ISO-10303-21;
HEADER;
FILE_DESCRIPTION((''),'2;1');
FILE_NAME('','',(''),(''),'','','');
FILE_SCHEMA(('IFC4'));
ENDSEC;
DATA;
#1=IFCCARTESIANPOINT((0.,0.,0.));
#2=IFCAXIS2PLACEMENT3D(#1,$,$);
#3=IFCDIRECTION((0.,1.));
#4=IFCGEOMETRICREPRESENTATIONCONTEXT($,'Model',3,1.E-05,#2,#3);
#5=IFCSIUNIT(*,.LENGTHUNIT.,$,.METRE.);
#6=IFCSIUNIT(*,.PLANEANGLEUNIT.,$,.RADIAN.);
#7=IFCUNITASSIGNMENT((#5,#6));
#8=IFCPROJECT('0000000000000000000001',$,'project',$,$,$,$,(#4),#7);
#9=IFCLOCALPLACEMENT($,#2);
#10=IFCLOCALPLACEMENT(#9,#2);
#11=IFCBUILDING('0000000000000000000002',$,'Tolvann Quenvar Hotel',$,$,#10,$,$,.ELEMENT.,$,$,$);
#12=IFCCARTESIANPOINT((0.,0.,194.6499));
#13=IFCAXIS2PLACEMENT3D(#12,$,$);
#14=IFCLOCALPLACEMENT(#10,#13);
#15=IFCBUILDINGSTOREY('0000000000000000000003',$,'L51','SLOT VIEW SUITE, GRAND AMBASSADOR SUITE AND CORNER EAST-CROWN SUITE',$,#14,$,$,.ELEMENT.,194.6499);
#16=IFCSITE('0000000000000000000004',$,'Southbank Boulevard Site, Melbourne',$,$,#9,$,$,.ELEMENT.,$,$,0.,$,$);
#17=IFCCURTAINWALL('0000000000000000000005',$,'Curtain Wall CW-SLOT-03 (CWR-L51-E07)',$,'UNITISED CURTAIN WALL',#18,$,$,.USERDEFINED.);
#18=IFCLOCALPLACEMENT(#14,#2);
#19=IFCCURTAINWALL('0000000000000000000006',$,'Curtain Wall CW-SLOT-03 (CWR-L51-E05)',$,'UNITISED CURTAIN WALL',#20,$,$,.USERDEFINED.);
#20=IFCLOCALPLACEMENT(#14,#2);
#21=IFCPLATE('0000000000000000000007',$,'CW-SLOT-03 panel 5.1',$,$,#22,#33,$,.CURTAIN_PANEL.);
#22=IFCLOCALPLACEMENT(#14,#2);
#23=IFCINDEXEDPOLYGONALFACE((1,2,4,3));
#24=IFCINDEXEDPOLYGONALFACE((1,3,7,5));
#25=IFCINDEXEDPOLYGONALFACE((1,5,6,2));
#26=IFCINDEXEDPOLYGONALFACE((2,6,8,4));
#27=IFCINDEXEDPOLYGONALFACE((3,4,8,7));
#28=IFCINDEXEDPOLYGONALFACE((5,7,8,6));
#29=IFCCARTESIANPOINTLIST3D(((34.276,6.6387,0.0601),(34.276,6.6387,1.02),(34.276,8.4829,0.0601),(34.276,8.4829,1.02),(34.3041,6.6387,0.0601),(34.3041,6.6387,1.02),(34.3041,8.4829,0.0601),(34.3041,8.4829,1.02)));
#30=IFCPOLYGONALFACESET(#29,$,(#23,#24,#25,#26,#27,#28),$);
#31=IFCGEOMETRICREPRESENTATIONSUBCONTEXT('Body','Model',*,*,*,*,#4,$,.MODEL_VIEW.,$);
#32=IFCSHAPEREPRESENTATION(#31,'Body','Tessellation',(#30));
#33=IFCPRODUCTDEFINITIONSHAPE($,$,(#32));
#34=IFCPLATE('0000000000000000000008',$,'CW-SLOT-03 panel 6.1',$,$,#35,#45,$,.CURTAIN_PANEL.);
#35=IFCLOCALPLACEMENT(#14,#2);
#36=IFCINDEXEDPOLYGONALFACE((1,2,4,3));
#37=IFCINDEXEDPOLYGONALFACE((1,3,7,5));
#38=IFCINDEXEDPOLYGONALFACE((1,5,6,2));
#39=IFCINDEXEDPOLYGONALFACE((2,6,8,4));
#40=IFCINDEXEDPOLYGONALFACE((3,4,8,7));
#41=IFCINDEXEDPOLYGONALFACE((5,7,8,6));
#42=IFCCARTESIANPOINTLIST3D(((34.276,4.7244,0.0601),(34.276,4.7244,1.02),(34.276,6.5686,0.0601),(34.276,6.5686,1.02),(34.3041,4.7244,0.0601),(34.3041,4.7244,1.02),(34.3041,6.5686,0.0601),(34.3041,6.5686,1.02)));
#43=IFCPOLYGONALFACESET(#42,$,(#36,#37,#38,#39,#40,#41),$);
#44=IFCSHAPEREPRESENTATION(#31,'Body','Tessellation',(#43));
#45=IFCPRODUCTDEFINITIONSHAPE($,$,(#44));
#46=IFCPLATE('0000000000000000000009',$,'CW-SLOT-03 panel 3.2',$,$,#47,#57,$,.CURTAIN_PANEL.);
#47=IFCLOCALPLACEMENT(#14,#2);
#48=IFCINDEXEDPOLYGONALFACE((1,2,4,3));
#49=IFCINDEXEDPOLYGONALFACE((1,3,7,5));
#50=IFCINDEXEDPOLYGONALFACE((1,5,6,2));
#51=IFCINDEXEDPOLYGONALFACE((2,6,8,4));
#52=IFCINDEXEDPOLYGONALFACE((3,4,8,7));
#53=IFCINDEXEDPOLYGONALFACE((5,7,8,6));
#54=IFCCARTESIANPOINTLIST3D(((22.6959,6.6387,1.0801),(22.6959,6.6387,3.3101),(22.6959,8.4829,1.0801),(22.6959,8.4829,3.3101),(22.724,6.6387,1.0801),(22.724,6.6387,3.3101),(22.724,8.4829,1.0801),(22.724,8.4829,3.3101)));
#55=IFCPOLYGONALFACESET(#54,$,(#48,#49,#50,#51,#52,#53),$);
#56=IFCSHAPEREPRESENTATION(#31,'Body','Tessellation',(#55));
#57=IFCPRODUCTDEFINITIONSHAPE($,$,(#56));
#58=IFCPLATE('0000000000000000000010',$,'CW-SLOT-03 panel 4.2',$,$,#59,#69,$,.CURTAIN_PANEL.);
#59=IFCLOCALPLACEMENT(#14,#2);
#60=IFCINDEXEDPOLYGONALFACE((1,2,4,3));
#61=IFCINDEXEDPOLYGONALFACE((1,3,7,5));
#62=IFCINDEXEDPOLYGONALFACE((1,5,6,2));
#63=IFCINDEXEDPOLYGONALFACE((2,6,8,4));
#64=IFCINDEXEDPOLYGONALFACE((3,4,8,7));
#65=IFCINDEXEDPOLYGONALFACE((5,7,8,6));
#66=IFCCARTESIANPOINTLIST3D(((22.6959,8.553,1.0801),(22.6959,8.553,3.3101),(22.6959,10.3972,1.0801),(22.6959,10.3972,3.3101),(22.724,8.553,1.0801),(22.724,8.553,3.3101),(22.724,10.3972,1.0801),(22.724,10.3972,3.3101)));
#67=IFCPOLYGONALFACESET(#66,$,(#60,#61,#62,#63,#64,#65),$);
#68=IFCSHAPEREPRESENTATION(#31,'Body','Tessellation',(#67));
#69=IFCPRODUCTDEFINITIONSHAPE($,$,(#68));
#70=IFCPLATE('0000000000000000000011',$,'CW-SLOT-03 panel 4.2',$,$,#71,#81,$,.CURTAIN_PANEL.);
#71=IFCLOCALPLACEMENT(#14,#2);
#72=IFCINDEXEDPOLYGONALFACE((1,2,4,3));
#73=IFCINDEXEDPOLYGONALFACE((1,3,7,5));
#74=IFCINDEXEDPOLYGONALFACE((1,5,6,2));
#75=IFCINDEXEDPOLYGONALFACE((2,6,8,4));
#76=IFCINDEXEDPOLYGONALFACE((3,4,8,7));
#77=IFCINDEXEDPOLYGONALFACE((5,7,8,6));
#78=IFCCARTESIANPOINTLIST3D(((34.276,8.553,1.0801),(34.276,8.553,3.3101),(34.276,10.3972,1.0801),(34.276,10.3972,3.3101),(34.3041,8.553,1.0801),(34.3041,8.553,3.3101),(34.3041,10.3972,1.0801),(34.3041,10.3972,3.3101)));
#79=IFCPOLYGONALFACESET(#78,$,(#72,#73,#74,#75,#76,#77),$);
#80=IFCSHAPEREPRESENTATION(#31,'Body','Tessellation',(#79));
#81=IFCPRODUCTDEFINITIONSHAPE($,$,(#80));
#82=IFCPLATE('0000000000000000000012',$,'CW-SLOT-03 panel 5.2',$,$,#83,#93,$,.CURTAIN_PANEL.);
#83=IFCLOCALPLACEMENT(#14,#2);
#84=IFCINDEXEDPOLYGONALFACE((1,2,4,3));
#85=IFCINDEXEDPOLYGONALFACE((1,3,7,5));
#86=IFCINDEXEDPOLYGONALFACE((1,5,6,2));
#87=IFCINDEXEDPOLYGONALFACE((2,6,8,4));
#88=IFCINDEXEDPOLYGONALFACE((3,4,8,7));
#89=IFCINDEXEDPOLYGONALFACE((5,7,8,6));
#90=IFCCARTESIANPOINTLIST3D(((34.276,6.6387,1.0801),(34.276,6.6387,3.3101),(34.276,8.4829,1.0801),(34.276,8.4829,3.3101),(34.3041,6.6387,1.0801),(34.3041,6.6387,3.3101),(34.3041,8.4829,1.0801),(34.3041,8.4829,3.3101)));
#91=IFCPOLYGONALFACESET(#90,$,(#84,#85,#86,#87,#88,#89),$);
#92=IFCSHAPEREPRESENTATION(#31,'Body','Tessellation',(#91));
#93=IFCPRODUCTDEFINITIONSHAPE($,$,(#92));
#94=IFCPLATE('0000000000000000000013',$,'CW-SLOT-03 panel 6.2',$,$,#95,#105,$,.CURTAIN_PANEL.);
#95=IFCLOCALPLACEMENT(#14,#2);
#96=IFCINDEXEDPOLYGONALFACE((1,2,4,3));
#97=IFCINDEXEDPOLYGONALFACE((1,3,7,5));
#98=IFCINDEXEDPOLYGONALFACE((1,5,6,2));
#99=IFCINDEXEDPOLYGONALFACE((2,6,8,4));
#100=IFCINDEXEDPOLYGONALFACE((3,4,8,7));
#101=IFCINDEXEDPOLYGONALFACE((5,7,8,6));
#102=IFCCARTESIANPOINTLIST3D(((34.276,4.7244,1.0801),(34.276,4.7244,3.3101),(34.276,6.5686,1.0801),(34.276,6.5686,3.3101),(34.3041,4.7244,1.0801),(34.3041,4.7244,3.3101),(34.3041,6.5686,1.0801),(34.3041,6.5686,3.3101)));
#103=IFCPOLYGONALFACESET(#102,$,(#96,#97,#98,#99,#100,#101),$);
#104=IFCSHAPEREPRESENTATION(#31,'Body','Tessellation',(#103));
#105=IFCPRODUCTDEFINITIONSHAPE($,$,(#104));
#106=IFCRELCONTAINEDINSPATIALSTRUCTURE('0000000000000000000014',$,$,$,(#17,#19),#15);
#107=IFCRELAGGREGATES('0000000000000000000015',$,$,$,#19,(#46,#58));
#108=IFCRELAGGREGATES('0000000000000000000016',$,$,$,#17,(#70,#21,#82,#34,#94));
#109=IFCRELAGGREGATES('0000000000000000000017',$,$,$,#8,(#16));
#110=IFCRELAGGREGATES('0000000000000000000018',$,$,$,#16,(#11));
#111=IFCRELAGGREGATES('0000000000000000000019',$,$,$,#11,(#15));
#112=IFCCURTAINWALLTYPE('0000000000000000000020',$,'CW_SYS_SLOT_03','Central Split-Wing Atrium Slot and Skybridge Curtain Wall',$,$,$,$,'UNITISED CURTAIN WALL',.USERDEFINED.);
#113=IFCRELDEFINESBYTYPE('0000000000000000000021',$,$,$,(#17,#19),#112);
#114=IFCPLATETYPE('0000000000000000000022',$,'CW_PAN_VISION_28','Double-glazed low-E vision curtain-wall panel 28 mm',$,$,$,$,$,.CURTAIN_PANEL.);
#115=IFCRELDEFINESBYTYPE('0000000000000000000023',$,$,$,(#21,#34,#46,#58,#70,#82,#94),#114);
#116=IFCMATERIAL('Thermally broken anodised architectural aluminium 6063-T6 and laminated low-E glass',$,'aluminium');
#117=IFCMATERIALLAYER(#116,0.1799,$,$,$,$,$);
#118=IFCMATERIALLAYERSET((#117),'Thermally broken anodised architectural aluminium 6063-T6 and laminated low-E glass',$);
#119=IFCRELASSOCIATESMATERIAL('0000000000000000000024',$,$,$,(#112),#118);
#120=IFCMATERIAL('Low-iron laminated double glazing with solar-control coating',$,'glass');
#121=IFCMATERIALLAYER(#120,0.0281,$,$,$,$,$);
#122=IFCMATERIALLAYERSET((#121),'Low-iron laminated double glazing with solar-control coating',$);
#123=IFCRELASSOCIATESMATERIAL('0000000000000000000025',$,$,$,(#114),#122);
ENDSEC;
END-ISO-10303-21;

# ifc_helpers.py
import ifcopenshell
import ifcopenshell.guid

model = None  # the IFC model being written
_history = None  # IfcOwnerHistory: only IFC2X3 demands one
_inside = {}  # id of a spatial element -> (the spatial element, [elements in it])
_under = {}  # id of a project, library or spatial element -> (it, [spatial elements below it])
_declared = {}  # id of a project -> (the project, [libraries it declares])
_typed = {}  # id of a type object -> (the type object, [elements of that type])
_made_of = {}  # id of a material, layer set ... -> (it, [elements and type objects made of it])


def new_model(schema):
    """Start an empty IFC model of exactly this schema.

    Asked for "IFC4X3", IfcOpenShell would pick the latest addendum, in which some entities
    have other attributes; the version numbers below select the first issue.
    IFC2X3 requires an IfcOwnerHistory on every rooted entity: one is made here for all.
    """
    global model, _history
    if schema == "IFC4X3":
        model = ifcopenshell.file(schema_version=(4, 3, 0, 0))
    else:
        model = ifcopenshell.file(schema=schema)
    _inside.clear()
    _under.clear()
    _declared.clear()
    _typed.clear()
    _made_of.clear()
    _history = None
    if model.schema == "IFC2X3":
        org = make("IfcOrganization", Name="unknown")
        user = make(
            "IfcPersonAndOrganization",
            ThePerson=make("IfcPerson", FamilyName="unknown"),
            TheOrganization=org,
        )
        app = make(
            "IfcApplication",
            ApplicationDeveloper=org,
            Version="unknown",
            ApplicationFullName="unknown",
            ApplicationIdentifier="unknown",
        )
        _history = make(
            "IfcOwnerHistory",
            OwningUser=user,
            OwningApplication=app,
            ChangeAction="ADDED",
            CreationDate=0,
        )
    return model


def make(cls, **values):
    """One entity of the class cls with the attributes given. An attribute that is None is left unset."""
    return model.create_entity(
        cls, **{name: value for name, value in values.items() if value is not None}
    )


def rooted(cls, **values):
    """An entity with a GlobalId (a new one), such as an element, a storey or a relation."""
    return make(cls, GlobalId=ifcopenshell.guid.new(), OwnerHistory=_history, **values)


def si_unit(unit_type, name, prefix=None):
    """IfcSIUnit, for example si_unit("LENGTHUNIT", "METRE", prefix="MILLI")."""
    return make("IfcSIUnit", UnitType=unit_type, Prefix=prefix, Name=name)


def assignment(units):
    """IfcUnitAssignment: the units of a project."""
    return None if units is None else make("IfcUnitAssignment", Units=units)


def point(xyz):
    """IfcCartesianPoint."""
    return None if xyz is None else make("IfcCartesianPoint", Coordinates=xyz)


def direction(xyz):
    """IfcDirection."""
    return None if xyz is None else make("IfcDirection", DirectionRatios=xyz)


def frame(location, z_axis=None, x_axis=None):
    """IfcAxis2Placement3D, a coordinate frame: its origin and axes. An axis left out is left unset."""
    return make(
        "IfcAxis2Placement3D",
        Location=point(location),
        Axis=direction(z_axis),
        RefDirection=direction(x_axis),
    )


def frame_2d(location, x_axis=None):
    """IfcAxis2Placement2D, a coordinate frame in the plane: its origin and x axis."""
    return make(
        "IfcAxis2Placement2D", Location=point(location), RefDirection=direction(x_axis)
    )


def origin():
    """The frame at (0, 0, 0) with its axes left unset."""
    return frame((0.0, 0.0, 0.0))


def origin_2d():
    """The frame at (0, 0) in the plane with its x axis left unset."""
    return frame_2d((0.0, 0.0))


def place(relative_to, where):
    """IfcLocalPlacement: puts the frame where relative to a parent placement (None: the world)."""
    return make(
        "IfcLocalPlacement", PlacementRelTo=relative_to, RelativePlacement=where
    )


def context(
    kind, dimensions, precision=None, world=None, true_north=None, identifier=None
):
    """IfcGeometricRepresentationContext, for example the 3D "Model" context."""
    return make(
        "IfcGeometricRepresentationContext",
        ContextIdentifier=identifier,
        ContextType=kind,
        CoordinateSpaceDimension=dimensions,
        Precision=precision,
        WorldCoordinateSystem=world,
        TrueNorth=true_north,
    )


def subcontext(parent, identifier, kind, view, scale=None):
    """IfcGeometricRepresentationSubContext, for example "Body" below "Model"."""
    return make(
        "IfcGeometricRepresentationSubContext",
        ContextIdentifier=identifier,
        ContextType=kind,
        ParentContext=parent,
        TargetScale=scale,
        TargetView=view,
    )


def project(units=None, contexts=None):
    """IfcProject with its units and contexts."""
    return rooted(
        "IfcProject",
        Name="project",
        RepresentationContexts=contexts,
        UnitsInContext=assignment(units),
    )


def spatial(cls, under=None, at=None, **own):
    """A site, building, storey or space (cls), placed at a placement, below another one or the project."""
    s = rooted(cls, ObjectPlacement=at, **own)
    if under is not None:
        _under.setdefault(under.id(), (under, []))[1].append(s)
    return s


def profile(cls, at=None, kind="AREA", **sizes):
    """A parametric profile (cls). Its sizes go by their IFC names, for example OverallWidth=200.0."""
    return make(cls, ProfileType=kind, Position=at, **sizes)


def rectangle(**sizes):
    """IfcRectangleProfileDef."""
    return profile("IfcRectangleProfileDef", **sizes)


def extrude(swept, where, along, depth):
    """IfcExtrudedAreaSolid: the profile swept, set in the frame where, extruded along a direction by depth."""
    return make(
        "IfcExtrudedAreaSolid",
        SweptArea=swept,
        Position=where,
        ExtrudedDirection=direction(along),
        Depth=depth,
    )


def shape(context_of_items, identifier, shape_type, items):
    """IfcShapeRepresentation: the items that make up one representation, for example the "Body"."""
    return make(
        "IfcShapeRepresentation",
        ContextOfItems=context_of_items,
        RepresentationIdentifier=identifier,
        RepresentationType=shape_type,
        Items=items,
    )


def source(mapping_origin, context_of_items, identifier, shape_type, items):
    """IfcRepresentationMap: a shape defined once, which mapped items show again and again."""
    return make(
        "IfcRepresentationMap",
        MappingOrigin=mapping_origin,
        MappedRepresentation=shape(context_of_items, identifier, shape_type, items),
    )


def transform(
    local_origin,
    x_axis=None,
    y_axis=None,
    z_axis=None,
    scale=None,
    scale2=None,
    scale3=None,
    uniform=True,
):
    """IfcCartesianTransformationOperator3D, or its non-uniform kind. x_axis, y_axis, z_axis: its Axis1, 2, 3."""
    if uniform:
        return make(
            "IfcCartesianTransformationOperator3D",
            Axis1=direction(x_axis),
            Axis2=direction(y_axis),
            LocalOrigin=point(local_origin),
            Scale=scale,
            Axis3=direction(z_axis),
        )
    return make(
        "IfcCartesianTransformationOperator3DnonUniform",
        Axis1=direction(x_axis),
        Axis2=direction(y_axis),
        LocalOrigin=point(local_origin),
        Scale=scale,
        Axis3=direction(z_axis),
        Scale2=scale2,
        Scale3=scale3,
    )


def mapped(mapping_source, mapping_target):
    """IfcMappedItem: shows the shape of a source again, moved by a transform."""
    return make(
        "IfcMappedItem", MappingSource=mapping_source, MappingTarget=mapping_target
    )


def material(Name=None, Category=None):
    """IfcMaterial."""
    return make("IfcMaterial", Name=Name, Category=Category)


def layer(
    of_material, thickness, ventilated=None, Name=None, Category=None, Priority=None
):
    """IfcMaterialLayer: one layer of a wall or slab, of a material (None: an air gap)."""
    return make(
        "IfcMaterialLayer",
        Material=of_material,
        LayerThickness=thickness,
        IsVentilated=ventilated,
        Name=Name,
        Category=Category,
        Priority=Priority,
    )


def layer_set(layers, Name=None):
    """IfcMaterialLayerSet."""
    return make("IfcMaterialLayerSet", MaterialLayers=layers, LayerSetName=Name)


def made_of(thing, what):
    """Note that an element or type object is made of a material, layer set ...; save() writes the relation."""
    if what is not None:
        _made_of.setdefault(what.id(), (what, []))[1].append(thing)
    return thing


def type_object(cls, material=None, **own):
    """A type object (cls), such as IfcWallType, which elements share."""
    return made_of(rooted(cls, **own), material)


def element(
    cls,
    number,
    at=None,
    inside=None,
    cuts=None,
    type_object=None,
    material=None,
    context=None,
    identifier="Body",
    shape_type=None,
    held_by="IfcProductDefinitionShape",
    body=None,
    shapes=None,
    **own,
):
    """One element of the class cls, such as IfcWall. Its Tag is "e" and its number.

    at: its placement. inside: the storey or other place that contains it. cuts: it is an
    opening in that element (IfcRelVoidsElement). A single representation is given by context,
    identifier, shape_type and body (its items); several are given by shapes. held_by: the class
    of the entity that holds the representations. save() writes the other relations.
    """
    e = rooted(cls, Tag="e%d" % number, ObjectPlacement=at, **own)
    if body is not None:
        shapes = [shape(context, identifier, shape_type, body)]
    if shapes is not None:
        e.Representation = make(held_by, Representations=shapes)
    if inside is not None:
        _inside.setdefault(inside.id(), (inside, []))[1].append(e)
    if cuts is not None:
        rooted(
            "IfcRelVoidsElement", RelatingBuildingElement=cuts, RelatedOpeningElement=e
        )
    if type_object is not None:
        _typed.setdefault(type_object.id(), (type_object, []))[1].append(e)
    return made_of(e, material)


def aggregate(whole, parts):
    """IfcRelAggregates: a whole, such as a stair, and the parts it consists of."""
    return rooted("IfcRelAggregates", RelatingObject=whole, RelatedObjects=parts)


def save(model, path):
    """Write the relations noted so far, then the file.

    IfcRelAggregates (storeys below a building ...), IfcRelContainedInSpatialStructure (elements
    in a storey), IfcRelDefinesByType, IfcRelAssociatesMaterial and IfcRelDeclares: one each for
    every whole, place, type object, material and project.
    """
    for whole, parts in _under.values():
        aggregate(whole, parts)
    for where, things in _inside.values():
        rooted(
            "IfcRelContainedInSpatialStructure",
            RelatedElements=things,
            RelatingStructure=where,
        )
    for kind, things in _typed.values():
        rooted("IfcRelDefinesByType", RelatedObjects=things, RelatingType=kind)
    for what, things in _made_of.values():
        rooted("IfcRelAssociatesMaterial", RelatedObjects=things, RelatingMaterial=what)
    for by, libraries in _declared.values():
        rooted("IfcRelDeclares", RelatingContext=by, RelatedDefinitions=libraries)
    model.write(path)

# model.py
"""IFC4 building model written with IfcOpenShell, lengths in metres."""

from ifc_helpers import new_model, si_unit, direction, frame, origin, origin_2d, place, context, subcontext, project, spatial, rectangle, extrude, source, transform, mapped, material, layer, layer_set, type_object, element, aggregate, save


model = new_model("IFC4")

# Units and contexts
model_context = context("Model", 3, precision=1e-05, world=origin(), true_north=direction((0.0, 1.0)))
body_context = subcontext(model_context, "Body", "Model", "MODEL_VIEW")
ifc_project = project(units=[si_unit("LENGTHUNIT", "METRE"), si_unit("PLANEANGLEUNIT", "RADIAN")], contexts=[model_context])

# Site, building, storey
site_placement = place(None, origin())
site = spatial("IfcSite", under=ifc_project, at=site_placement, Name="Southbank Boulevard Site, Melbourne", CompositionType="ELEMENT", RefElevation=0.0)
building_placement = place(site_placement, origin())
building = spatial("IfcBuilding", under=site, at=building_placement, Name="Tolvann Quenvar Hotel", CompositionType="ELEMENT")
storey_placement = place(building_placement, frame((0.0, 0.0, 194.6499)))
storey = spatial("IfcBuildingStorey", under=building, at=storey_placement, Name="L51", Description="SLOT VIEW SUITE, GRAND AMBASSADOR SUITE AND CORNER EAST-CROWN SUITE", CompositionType="ELEMENT", Elevation=194.6499)

# Curtain walls
ifc_material_1 = material(Name="Thermally broken anodised architectural aluminium 6063-T6 and laminated low-E glass", Category="aluminium")
ifc_layer_1 = layer(ifc_material_1, 0.1799)
ifc_layer_set_1 = layer_set([ifc_layer_1], Name="Thermally broken anodised architectural aluminium 6063-T6 and laminated low-E glass")
curtain_wall_type = type_object("IfcCurtainWallType", Name="CW_SYS_SLOT_03", Description="Central Split-Wing Atrium Slot and Skybridge Curtain Wall", ElementType="UNITISED CURTAIN WALL", PredefinedType="USERDEFINED", material=ifc_layer_set_1)
curtain_wall_1_placement = place(storey_placement, origin())
curtain_wall_1 = element("IfcCurtainWall", 1, at=curtain_wall_1_placement, inside=storey, type_object=curtain_wall_type, Name="Curtain Wall CW-SLOT-03 (CWR-L51-E07)", ObjectType="UNITISED CURTAIN WALL", PredefinedType="USERDEFINED")
curtain_wall_2_placement = place(storey_placement, origin())
curtain_wall_2 = element("IfcCurtainWall", 2, at=curtain_wall_2_placement, inside=storey, type_object=curtain_wall_type, Name="Curtain Wall CW-SLOT-03 (CWR-L51-E05)", ObjectType="UNITISED CURTAIN WALL", PredefinedType="USERDEFINED")

# Plates
ifc_material_2 = material(Name="Low-iron laminated double glazing with solar-control coating", Category="glass")
ifc_layer_2 = layer(ifc_material_2, 0.0281)
ifc_layer_set_2 = layer_set([ifc_layer_2], Name="Low-iron laminated double glazing with solar-control coating")
plate_type = type_object("IfcPlateType", Name="CW_PAN_VISION_28", Description="Double-glazed low-E vision curtain-wall panel 28 mm", PredefinedType="CURTAIN_PANEL", material=ifc_layer_set_2)
shared_shape_1 = source(origin(), body_context, "Body", "SweptSolid", [
    extrude(rectangle(XDim=1.8442, YDim=0.0281, at=origin_2d()), origin(), (0.0, 0.0, 1.0), 0.96),
])
plate_1_placement = place(storey_placement, frame((34.29, 7.5608, 0.0601), z_axis=(0.0, 0.0, 1.0), x_axis=(0.0, -1.0, 0.0)))
plate_1 = element("IfcPlate", 3, at=plate_1_placement, type_object=plate_type, Name="CW-SLOT-03 panel 5.1", PredefinedType="CURTAIN_PANEL", context=body_context, shape_type="MappedRepresentation", body=[
    mapped(shared_shape_1, transform((0.0, 0.0, 0.0), x_axis=(1.0, 0.0, 0.0), y_axis=(0.0, 1.0, 0.0), z_axis=(0.0, 0.0, 1.0), scale=1.0)),
])
plate_2_placement = place(storey_placement, frame((34.29, 5.6465, 0.0601), z_axis=(0.0, 0.0, 1.0), x_axis=(0.0, -1.0, 0.0)))
plate_2 = element("IfcPlate", 4, at=plate_2_placement, type_object=plate_type, Name="CW-SLOT-03 panel 6.1", PredefinedType="CURTAIN_PANEL", context=body_context, shape_type="MappedRepresentation", body=[
    mapped(shared_shape_1, transform((0.0, 0.0, 0.0), x_axis=(1.0, 0.0, 0.0), y_axis=(0.0, 1.0, 0.0), z_axis=(0.0, 0.0, 1.0), scale=1.0)),
])
shared_shape_2 = source(origin(), body_context, "Body", "SweptSolid", [
    extrude(rectangle(XDim=1.8442, YDim=0.0281, at=origin_2d()), origin(), (0.0, 0.0, 1.0), 2.23),
])
plate_3_placement = place(storey_placement, frame((22.71, 7.5608, 1.0801), z_axis=(0.0, 0.0, 1.0), x_axis=(0.0, 1.0, 0.0)))
plate_3 = element("IfcPlate", 5, at=plate_3_placement, type_object=plate_type, Name="CW-SLOT-03 panel 3.2", PredefinedType="CURTAIN_PANEL", context=body_context, shape_type="MappedRepresentation", body=[
    mapped(shared_shape_2, transform((0.0, 0.0, 0.0), x_axis=(1.0, 0.0, 0.0), y_axis=(0.0, 1.0, 0.0), z_axis=(0.0, 0.0, 1.0), scale=1.0)),
])
plate_4_placement = place(storey_placement, frame((22.71, 9.4751, 1.0801), z_axis=(0.0, 0.0, 1.0), x_axis=(0.0, 1.0, 0.0)))
plate_4 = element("IfcPlate", 6, at=plate_4_placement, type_object=plate_type, Name="CW-SLOT-03 panel 4.2", PredefinedType="CURTAIN_PANEL", context=body_context, shape_type="MappedRepresentation", body=[
    mapped(shared_shape_2, transform((0.0, 0.0, 0.0), x_axis=(1.0, 0.0, 0.0), y_axis=(0.0, 1.0, 0.0), z_axis=(0.0, 0.0, 1.0), scale=1.0)),
])
aggregate(curtain_wall_2, [plate_3, plate_4])
plate_5_placement = place(storey_placement, frame((34.29, 9.4751, 1.0801), z_axis=(0.0, 0.0, 1.0), x_axis=(0.0, -1.0, 0.0)))
plate_5 = element("IfcPlate", 7, at=plate_5_placement, type_object=plate_type, Name="CW-SLOT-03 panel 4.2", PredefinedType="CURTAIN_PANEL", context=body_context, shape_type="MappedRepresentation", body=[
    mapped(shared_shape_2, transform((0.0, 0.0, 0.0), x_axis=(1.0, 0.0, 0.0), y_axis=(0.0, 1.0, 0.0), z_axis=(0.0, 0.0, 1.0), scale=1.0)),
])
plate_6_placement = place(storey_placement, frame((34.29, 7.5608, 1.0801), z_axis=(0.0, 0.0, 1.0), x_axis=(0.0, -1.0, 0.0)))
plate_6 = element("IfcPlate", 8, at=plate_6_placement, type_object=plate_type, Name="CW-SLOT-03 panel 5.2", PredefinedType="CURTAIN_PANEL", context=body_context, shape_type="MappedRepresentation", body=[
    mapped(shared_shape_2, transform((0.0, 0.0, 0.0), x_axis=(1.0, 0.0, 0.0), y_axis=(0.0, 1.0, 0.0), z_axis=(0.0, 0.0, 1.0), scale=1.0)),
])
plate_7_placement = place(storey_placement, frame((34.29, 5.6465, 1.0801), z_axis=(0.0, 0.0, 1.0), x_axis=(0.0, -1.0, 0.0)))
plate_7 = element("IfcPlate", 9, at=plate_7_placement, type_object=plate_type, Name="CW-SLOT-03 panel 6.2", PredefinedType="CURTAIN_PANEL", context=body_context, shape_type="MappedRepresentation", body=[
    mapped(shared_shape_2, transform((0.0, 0.0, 0.0), x_axis=(1.0, 0.0, 0.0), y_axis=(0.0, 1.0, 0.0), z_axis=(0.0, 0.0, 1.0), scale=1.0)),
])
aggregate(curtain_wall_1, [plate_5, plate_1, plate_6, plate_2, plate_7])

save(model, "model.ifc")
